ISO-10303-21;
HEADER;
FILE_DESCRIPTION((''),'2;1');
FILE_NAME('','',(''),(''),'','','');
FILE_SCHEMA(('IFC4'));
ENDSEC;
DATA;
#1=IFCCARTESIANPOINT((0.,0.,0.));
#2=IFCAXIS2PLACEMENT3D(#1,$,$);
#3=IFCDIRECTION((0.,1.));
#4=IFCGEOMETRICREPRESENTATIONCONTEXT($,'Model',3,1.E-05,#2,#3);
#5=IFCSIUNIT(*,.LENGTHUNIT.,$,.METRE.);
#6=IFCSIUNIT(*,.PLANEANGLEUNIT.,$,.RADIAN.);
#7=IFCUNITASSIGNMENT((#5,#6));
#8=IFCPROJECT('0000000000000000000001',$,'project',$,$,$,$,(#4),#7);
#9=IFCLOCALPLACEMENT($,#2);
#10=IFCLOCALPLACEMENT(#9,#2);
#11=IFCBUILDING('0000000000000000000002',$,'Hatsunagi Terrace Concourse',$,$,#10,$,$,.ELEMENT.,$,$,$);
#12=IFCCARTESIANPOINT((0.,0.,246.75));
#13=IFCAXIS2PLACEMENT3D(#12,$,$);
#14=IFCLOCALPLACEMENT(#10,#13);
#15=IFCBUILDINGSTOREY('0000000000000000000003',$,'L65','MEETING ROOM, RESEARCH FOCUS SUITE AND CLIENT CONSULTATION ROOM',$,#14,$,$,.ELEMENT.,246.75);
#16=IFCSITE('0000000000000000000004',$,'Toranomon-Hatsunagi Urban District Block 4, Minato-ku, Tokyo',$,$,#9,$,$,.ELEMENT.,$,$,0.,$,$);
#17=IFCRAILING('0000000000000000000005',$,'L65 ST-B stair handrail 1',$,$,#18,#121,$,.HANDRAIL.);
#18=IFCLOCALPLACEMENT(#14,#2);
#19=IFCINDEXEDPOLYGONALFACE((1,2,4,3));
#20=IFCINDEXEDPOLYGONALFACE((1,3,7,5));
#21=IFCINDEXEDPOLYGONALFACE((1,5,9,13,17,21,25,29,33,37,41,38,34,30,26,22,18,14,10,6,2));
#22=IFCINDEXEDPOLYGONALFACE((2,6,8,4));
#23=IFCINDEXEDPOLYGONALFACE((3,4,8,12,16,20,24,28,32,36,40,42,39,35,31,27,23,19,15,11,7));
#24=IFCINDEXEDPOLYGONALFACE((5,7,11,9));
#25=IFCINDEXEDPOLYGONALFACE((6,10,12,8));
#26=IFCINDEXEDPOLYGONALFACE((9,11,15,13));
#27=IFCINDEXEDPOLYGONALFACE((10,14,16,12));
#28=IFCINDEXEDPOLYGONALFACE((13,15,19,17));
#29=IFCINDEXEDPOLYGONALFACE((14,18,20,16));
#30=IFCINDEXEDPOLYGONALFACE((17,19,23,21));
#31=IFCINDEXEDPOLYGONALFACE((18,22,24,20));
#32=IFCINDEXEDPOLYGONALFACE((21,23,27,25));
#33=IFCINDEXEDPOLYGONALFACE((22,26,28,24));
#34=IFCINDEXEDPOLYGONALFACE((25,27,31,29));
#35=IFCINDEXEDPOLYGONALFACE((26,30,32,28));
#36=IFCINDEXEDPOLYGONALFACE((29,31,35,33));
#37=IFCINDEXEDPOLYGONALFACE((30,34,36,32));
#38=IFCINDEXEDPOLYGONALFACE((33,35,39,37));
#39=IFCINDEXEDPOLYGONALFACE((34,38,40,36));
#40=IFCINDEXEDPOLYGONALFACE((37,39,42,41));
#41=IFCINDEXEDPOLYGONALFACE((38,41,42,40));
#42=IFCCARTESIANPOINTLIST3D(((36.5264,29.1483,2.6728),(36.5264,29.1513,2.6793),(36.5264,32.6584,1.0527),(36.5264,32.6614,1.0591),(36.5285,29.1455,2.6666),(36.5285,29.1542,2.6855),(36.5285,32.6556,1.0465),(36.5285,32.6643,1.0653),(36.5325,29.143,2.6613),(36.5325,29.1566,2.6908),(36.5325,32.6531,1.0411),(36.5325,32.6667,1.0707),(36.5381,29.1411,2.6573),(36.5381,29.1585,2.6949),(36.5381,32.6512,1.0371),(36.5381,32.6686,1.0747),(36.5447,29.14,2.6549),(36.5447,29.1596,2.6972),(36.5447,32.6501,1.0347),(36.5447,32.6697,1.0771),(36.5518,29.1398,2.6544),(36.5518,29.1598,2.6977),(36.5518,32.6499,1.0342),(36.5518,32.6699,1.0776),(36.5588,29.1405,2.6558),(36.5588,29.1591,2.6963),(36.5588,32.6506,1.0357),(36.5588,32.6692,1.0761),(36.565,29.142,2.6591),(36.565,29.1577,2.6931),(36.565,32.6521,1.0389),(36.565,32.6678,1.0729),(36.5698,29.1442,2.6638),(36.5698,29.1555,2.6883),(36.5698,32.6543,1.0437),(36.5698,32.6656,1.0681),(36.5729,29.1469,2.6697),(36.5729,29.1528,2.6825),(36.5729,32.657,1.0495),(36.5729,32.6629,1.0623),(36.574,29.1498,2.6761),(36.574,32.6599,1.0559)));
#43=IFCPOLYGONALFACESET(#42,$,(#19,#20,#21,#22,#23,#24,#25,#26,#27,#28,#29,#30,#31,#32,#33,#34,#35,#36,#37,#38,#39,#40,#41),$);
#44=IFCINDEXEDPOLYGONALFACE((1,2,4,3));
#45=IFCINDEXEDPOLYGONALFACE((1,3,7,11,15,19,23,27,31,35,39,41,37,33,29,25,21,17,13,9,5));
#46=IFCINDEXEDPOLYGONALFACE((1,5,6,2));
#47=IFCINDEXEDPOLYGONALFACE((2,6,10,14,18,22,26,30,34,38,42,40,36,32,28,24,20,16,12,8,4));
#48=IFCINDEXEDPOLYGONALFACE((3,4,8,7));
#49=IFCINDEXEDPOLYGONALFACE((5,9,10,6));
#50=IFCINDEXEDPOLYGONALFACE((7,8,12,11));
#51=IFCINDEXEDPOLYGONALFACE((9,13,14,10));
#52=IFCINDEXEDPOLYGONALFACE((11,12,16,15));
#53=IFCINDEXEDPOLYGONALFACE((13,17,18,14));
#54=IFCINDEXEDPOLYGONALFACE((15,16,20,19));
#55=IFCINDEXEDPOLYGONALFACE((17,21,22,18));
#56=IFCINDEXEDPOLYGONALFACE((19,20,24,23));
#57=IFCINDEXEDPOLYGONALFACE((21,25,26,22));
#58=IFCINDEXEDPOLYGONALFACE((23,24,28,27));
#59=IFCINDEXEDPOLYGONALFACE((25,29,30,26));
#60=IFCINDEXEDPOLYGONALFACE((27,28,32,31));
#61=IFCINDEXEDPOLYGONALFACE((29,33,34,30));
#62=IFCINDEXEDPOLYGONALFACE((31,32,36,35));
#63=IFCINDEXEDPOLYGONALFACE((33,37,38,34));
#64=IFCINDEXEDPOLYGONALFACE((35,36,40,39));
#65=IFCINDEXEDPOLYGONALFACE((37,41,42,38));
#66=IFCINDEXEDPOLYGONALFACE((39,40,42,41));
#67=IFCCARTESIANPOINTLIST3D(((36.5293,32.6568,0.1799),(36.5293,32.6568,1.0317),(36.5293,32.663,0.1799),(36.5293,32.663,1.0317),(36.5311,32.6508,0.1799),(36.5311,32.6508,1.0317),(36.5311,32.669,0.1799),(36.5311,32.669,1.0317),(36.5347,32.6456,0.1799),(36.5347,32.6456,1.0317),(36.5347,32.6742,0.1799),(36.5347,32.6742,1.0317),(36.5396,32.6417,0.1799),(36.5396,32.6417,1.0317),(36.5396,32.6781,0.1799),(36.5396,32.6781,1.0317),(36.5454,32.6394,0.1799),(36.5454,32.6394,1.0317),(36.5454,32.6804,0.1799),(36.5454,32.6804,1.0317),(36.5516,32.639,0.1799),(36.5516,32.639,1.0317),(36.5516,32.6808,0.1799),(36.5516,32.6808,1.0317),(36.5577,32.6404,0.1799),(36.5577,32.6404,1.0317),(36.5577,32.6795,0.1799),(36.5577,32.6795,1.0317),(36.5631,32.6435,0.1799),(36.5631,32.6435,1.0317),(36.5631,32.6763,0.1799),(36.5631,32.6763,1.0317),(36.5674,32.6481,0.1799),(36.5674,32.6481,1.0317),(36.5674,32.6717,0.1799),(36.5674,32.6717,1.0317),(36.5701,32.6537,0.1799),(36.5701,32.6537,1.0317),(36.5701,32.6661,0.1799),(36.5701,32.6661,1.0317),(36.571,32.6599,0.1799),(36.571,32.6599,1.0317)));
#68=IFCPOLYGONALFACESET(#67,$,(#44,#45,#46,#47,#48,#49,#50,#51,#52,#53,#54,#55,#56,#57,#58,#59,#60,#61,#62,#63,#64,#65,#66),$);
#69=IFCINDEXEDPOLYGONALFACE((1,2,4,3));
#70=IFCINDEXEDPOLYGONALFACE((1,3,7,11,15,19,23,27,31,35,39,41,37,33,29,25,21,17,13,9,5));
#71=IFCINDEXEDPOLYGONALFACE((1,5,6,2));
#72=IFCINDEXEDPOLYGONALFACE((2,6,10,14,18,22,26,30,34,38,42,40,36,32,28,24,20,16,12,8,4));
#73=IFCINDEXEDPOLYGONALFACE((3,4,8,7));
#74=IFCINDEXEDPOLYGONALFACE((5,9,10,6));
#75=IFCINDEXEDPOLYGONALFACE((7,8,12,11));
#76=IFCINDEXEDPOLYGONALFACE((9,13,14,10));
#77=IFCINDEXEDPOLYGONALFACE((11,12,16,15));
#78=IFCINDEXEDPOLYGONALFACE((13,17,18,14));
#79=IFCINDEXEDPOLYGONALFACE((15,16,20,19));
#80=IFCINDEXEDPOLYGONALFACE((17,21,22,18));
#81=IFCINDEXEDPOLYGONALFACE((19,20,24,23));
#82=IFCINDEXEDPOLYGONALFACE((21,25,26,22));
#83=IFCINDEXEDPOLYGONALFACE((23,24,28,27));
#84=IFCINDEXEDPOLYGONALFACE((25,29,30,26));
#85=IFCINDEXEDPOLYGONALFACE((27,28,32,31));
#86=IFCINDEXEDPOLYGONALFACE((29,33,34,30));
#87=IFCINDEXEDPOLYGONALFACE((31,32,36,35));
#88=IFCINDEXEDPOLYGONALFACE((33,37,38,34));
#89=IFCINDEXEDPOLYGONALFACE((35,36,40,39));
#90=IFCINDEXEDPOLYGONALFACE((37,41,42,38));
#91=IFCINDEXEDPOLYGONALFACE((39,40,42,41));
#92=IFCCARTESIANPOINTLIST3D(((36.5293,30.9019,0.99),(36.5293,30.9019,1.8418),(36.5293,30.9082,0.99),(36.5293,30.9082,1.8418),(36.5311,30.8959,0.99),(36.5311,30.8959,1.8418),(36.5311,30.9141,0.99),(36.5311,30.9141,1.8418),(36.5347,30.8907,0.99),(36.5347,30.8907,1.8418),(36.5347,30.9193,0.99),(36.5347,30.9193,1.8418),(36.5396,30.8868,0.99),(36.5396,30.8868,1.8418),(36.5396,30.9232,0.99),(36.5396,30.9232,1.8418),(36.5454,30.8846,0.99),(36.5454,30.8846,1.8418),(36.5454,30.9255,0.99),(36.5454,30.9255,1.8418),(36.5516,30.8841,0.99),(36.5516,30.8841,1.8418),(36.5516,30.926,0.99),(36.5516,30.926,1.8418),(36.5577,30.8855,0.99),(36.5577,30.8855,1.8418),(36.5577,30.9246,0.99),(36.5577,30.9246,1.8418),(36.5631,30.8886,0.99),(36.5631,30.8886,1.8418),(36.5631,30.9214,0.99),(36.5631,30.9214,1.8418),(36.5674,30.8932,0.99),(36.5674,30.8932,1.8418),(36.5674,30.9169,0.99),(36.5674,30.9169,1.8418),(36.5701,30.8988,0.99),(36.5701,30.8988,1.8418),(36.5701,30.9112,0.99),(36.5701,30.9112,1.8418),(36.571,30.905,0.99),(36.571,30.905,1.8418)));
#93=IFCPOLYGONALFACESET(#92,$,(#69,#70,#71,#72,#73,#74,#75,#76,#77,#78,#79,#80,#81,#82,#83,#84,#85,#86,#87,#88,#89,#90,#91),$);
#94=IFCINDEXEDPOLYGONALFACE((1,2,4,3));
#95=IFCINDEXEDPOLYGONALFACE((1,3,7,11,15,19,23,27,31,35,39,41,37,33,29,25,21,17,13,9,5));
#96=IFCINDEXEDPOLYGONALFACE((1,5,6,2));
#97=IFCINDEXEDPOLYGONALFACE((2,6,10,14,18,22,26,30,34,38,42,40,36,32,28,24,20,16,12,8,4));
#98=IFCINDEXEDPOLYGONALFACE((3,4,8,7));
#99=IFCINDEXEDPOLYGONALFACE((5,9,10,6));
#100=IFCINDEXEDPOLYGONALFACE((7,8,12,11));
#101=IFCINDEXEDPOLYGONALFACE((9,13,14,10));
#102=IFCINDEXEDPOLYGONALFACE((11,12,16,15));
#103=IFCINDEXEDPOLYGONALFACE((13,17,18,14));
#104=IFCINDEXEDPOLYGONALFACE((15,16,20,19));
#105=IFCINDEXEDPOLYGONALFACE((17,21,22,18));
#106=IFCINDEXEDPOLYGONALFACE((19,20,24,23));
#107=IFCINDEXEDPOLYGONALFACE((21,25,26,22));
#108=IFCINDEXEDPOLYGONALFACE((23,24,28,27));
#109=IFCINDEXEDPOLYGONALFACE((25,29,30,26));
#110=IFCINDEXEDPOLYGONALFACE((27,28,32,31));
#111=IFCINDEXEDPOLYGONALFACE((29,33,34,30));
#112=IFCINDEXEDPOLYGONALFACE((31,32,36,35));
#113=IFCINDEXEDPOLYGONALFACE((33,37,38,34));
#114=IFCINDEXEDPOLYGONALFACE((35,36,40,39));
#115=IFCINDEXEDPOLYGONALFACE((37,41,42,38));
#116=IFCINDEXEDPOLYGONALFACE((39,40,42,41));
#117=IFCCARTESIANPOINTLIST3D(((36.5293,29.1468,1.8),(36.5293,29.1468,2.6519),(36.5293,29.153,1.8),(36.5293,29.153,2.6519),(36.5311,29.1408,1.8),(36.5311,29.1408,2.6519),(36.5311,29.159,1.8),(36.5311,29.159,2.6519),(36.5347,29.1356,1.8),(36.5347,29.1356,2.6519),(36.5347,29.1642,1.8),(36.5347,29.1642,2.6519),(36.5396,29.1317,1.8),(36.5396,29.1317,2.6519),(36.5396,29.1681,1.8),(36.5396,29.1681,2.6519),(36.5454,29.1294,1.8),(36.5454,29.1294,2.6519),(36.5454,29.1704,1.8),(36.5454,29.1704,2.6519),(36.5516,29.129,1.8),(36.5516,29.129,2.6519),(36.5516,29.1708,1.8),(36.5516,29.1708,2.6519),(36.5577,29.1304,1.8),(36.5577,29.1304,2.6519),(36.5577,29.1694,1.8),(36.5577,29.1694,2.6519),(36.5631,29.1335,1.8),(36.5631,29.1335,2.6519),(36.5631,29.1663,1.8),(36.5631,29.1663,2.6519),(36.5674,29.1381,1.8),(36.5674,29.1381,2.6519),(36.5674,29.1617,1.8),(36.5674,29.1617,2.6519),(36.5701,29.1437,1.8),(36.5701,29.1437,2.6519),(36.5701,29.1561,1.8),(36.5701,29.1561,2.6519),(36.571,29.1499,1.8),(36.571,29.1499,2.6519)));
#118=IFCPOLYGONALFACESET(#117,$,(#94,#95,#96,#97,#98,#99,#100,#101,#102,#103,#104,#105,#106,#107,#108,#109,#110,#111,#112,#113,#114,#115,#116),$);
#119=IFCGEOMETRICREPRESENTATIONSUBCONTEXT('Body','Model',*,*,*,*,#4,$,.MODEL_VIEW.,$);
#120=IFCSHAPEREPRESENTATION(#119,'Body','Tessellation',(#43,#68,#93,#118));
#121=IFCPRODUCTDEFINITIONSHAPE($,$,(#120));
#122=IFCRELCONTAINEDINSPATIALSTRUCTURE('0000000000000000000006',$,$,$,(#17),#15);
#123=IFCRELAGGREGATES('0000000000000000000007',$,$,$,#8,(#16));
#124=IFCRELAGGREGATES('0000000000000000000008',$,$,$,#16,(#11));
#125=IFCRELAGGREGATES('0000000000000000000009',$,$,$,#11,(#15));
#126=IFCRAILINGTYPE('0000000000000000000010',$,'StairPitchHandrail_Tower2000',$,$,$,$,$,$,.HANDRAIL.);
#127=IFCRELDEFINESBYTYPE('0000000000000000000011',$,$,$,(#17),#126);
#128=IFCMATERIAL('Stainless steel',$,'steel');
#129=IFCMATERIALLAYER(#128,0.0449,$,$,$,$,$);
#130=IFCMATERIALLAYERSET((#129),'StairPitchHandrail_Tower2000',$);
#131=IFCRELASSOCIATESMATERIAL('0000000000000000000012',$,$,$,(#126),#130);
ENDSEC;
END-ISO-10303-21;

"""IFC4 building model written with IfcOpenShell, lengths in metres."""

from ifc_helpers import new_model, si_unit, direction, frame, origin, origin_2d, place, context, subcontext, project, spatial, circle, extrude, material, layer, layer_set, type_object, element, save


model = new_model("IFC4")

# Units and contexts
model_context = context("Model", 3, precision=1e-05, world=origin(), true_north=direction((0.0, 1.0)))
body_context = subcontext(model_context, "Body", "Model", "MODEL_VIEW")
ifc_project = project(units=[si_unit("LENGTHUNIT", "METRE"), si_unit("PLANEANGLEUNIT", "RADIAN")], contexts=[model_context])

# Site, building, storey
site_placement = place(None, origin())
site = spatial("IfcSite", under=ifc_project, at=site_placement, Name="Toranomon-Hatsunagi Urban District Block 4, Minato-ku, Tokyo", CompositionType="ELEMENT", RefElevation=0.0)
building_placement = place(site_placement, origin())
building = spatial("IfcBuilding", under=site, at=building_placement, Name="Hatsunagi Terrace Concourse", CompositionType="ELEMENT")
storey_placement = place(building_placement, frame((0.0, 0.0, 246.75)))
storey = spatial("IfcBuildingStorey", under=building, at=storey_placement, Name="L65", Description="MEETING ROOM, RESEARCH FOCUS SUITE AND CLIENT CONSULTATION ROOM", CompositionType="ELEMENT", Elevation=246.75)

# Railing
ifc_material_1 = material(Name="Stainless steel", Category="steel")
ifc_layer_1 = layer(ifc_material_1, 0.0449)
ifc_layer_set_1 = layer_set([ifc_layer_1], Name="StairPitchHandrail_Tower2000")
railing_type_1 = type_object("IfcRailingType", Name="StairPitchHandrail_Tower2000", PredefinedType="HANDRAIL", material=ifc_layer_set_1)
railing_1_placement = place(storey_placement, frame((36.55, 32.6599, 0.1799)))
element("IfcRailing", 1, at=railing_1_placement, inside=storey, type_object=railing_type_1, Name="L65 ST-B stair handrail 1", PredefinedType="HANDRAIL", context=body_context, shape_type="SweptSolid", body=[
    extrude(circle(Radius=0.0239, at=origin_2d()), frame((0.0, 0.0, 0.876), z_axis=(0.0, -0.907948, 0.419082), x_axis=(1.0, 0.0, 0.0)), (0.0, 0.0, 1.0), 3.866),
    extrude(circle(Radius=0.021, at=origin_2d()), origin(), (0.0, 0.0, 1.0), 0.8518),
    extrude(circle(Radius=0.021, at=origin_2d()), frame((0.0, -1.7549, 0.8101)), (0.0, 0.0, 1.0), 0.8518),
    extrude(circle(Radius=0.021, at=origin_2d()), frame((0.0, -3.51, 1.6201)), (0.0, 0.0, 1.0), 0.8518),
])

save(model, "model.ifc")
